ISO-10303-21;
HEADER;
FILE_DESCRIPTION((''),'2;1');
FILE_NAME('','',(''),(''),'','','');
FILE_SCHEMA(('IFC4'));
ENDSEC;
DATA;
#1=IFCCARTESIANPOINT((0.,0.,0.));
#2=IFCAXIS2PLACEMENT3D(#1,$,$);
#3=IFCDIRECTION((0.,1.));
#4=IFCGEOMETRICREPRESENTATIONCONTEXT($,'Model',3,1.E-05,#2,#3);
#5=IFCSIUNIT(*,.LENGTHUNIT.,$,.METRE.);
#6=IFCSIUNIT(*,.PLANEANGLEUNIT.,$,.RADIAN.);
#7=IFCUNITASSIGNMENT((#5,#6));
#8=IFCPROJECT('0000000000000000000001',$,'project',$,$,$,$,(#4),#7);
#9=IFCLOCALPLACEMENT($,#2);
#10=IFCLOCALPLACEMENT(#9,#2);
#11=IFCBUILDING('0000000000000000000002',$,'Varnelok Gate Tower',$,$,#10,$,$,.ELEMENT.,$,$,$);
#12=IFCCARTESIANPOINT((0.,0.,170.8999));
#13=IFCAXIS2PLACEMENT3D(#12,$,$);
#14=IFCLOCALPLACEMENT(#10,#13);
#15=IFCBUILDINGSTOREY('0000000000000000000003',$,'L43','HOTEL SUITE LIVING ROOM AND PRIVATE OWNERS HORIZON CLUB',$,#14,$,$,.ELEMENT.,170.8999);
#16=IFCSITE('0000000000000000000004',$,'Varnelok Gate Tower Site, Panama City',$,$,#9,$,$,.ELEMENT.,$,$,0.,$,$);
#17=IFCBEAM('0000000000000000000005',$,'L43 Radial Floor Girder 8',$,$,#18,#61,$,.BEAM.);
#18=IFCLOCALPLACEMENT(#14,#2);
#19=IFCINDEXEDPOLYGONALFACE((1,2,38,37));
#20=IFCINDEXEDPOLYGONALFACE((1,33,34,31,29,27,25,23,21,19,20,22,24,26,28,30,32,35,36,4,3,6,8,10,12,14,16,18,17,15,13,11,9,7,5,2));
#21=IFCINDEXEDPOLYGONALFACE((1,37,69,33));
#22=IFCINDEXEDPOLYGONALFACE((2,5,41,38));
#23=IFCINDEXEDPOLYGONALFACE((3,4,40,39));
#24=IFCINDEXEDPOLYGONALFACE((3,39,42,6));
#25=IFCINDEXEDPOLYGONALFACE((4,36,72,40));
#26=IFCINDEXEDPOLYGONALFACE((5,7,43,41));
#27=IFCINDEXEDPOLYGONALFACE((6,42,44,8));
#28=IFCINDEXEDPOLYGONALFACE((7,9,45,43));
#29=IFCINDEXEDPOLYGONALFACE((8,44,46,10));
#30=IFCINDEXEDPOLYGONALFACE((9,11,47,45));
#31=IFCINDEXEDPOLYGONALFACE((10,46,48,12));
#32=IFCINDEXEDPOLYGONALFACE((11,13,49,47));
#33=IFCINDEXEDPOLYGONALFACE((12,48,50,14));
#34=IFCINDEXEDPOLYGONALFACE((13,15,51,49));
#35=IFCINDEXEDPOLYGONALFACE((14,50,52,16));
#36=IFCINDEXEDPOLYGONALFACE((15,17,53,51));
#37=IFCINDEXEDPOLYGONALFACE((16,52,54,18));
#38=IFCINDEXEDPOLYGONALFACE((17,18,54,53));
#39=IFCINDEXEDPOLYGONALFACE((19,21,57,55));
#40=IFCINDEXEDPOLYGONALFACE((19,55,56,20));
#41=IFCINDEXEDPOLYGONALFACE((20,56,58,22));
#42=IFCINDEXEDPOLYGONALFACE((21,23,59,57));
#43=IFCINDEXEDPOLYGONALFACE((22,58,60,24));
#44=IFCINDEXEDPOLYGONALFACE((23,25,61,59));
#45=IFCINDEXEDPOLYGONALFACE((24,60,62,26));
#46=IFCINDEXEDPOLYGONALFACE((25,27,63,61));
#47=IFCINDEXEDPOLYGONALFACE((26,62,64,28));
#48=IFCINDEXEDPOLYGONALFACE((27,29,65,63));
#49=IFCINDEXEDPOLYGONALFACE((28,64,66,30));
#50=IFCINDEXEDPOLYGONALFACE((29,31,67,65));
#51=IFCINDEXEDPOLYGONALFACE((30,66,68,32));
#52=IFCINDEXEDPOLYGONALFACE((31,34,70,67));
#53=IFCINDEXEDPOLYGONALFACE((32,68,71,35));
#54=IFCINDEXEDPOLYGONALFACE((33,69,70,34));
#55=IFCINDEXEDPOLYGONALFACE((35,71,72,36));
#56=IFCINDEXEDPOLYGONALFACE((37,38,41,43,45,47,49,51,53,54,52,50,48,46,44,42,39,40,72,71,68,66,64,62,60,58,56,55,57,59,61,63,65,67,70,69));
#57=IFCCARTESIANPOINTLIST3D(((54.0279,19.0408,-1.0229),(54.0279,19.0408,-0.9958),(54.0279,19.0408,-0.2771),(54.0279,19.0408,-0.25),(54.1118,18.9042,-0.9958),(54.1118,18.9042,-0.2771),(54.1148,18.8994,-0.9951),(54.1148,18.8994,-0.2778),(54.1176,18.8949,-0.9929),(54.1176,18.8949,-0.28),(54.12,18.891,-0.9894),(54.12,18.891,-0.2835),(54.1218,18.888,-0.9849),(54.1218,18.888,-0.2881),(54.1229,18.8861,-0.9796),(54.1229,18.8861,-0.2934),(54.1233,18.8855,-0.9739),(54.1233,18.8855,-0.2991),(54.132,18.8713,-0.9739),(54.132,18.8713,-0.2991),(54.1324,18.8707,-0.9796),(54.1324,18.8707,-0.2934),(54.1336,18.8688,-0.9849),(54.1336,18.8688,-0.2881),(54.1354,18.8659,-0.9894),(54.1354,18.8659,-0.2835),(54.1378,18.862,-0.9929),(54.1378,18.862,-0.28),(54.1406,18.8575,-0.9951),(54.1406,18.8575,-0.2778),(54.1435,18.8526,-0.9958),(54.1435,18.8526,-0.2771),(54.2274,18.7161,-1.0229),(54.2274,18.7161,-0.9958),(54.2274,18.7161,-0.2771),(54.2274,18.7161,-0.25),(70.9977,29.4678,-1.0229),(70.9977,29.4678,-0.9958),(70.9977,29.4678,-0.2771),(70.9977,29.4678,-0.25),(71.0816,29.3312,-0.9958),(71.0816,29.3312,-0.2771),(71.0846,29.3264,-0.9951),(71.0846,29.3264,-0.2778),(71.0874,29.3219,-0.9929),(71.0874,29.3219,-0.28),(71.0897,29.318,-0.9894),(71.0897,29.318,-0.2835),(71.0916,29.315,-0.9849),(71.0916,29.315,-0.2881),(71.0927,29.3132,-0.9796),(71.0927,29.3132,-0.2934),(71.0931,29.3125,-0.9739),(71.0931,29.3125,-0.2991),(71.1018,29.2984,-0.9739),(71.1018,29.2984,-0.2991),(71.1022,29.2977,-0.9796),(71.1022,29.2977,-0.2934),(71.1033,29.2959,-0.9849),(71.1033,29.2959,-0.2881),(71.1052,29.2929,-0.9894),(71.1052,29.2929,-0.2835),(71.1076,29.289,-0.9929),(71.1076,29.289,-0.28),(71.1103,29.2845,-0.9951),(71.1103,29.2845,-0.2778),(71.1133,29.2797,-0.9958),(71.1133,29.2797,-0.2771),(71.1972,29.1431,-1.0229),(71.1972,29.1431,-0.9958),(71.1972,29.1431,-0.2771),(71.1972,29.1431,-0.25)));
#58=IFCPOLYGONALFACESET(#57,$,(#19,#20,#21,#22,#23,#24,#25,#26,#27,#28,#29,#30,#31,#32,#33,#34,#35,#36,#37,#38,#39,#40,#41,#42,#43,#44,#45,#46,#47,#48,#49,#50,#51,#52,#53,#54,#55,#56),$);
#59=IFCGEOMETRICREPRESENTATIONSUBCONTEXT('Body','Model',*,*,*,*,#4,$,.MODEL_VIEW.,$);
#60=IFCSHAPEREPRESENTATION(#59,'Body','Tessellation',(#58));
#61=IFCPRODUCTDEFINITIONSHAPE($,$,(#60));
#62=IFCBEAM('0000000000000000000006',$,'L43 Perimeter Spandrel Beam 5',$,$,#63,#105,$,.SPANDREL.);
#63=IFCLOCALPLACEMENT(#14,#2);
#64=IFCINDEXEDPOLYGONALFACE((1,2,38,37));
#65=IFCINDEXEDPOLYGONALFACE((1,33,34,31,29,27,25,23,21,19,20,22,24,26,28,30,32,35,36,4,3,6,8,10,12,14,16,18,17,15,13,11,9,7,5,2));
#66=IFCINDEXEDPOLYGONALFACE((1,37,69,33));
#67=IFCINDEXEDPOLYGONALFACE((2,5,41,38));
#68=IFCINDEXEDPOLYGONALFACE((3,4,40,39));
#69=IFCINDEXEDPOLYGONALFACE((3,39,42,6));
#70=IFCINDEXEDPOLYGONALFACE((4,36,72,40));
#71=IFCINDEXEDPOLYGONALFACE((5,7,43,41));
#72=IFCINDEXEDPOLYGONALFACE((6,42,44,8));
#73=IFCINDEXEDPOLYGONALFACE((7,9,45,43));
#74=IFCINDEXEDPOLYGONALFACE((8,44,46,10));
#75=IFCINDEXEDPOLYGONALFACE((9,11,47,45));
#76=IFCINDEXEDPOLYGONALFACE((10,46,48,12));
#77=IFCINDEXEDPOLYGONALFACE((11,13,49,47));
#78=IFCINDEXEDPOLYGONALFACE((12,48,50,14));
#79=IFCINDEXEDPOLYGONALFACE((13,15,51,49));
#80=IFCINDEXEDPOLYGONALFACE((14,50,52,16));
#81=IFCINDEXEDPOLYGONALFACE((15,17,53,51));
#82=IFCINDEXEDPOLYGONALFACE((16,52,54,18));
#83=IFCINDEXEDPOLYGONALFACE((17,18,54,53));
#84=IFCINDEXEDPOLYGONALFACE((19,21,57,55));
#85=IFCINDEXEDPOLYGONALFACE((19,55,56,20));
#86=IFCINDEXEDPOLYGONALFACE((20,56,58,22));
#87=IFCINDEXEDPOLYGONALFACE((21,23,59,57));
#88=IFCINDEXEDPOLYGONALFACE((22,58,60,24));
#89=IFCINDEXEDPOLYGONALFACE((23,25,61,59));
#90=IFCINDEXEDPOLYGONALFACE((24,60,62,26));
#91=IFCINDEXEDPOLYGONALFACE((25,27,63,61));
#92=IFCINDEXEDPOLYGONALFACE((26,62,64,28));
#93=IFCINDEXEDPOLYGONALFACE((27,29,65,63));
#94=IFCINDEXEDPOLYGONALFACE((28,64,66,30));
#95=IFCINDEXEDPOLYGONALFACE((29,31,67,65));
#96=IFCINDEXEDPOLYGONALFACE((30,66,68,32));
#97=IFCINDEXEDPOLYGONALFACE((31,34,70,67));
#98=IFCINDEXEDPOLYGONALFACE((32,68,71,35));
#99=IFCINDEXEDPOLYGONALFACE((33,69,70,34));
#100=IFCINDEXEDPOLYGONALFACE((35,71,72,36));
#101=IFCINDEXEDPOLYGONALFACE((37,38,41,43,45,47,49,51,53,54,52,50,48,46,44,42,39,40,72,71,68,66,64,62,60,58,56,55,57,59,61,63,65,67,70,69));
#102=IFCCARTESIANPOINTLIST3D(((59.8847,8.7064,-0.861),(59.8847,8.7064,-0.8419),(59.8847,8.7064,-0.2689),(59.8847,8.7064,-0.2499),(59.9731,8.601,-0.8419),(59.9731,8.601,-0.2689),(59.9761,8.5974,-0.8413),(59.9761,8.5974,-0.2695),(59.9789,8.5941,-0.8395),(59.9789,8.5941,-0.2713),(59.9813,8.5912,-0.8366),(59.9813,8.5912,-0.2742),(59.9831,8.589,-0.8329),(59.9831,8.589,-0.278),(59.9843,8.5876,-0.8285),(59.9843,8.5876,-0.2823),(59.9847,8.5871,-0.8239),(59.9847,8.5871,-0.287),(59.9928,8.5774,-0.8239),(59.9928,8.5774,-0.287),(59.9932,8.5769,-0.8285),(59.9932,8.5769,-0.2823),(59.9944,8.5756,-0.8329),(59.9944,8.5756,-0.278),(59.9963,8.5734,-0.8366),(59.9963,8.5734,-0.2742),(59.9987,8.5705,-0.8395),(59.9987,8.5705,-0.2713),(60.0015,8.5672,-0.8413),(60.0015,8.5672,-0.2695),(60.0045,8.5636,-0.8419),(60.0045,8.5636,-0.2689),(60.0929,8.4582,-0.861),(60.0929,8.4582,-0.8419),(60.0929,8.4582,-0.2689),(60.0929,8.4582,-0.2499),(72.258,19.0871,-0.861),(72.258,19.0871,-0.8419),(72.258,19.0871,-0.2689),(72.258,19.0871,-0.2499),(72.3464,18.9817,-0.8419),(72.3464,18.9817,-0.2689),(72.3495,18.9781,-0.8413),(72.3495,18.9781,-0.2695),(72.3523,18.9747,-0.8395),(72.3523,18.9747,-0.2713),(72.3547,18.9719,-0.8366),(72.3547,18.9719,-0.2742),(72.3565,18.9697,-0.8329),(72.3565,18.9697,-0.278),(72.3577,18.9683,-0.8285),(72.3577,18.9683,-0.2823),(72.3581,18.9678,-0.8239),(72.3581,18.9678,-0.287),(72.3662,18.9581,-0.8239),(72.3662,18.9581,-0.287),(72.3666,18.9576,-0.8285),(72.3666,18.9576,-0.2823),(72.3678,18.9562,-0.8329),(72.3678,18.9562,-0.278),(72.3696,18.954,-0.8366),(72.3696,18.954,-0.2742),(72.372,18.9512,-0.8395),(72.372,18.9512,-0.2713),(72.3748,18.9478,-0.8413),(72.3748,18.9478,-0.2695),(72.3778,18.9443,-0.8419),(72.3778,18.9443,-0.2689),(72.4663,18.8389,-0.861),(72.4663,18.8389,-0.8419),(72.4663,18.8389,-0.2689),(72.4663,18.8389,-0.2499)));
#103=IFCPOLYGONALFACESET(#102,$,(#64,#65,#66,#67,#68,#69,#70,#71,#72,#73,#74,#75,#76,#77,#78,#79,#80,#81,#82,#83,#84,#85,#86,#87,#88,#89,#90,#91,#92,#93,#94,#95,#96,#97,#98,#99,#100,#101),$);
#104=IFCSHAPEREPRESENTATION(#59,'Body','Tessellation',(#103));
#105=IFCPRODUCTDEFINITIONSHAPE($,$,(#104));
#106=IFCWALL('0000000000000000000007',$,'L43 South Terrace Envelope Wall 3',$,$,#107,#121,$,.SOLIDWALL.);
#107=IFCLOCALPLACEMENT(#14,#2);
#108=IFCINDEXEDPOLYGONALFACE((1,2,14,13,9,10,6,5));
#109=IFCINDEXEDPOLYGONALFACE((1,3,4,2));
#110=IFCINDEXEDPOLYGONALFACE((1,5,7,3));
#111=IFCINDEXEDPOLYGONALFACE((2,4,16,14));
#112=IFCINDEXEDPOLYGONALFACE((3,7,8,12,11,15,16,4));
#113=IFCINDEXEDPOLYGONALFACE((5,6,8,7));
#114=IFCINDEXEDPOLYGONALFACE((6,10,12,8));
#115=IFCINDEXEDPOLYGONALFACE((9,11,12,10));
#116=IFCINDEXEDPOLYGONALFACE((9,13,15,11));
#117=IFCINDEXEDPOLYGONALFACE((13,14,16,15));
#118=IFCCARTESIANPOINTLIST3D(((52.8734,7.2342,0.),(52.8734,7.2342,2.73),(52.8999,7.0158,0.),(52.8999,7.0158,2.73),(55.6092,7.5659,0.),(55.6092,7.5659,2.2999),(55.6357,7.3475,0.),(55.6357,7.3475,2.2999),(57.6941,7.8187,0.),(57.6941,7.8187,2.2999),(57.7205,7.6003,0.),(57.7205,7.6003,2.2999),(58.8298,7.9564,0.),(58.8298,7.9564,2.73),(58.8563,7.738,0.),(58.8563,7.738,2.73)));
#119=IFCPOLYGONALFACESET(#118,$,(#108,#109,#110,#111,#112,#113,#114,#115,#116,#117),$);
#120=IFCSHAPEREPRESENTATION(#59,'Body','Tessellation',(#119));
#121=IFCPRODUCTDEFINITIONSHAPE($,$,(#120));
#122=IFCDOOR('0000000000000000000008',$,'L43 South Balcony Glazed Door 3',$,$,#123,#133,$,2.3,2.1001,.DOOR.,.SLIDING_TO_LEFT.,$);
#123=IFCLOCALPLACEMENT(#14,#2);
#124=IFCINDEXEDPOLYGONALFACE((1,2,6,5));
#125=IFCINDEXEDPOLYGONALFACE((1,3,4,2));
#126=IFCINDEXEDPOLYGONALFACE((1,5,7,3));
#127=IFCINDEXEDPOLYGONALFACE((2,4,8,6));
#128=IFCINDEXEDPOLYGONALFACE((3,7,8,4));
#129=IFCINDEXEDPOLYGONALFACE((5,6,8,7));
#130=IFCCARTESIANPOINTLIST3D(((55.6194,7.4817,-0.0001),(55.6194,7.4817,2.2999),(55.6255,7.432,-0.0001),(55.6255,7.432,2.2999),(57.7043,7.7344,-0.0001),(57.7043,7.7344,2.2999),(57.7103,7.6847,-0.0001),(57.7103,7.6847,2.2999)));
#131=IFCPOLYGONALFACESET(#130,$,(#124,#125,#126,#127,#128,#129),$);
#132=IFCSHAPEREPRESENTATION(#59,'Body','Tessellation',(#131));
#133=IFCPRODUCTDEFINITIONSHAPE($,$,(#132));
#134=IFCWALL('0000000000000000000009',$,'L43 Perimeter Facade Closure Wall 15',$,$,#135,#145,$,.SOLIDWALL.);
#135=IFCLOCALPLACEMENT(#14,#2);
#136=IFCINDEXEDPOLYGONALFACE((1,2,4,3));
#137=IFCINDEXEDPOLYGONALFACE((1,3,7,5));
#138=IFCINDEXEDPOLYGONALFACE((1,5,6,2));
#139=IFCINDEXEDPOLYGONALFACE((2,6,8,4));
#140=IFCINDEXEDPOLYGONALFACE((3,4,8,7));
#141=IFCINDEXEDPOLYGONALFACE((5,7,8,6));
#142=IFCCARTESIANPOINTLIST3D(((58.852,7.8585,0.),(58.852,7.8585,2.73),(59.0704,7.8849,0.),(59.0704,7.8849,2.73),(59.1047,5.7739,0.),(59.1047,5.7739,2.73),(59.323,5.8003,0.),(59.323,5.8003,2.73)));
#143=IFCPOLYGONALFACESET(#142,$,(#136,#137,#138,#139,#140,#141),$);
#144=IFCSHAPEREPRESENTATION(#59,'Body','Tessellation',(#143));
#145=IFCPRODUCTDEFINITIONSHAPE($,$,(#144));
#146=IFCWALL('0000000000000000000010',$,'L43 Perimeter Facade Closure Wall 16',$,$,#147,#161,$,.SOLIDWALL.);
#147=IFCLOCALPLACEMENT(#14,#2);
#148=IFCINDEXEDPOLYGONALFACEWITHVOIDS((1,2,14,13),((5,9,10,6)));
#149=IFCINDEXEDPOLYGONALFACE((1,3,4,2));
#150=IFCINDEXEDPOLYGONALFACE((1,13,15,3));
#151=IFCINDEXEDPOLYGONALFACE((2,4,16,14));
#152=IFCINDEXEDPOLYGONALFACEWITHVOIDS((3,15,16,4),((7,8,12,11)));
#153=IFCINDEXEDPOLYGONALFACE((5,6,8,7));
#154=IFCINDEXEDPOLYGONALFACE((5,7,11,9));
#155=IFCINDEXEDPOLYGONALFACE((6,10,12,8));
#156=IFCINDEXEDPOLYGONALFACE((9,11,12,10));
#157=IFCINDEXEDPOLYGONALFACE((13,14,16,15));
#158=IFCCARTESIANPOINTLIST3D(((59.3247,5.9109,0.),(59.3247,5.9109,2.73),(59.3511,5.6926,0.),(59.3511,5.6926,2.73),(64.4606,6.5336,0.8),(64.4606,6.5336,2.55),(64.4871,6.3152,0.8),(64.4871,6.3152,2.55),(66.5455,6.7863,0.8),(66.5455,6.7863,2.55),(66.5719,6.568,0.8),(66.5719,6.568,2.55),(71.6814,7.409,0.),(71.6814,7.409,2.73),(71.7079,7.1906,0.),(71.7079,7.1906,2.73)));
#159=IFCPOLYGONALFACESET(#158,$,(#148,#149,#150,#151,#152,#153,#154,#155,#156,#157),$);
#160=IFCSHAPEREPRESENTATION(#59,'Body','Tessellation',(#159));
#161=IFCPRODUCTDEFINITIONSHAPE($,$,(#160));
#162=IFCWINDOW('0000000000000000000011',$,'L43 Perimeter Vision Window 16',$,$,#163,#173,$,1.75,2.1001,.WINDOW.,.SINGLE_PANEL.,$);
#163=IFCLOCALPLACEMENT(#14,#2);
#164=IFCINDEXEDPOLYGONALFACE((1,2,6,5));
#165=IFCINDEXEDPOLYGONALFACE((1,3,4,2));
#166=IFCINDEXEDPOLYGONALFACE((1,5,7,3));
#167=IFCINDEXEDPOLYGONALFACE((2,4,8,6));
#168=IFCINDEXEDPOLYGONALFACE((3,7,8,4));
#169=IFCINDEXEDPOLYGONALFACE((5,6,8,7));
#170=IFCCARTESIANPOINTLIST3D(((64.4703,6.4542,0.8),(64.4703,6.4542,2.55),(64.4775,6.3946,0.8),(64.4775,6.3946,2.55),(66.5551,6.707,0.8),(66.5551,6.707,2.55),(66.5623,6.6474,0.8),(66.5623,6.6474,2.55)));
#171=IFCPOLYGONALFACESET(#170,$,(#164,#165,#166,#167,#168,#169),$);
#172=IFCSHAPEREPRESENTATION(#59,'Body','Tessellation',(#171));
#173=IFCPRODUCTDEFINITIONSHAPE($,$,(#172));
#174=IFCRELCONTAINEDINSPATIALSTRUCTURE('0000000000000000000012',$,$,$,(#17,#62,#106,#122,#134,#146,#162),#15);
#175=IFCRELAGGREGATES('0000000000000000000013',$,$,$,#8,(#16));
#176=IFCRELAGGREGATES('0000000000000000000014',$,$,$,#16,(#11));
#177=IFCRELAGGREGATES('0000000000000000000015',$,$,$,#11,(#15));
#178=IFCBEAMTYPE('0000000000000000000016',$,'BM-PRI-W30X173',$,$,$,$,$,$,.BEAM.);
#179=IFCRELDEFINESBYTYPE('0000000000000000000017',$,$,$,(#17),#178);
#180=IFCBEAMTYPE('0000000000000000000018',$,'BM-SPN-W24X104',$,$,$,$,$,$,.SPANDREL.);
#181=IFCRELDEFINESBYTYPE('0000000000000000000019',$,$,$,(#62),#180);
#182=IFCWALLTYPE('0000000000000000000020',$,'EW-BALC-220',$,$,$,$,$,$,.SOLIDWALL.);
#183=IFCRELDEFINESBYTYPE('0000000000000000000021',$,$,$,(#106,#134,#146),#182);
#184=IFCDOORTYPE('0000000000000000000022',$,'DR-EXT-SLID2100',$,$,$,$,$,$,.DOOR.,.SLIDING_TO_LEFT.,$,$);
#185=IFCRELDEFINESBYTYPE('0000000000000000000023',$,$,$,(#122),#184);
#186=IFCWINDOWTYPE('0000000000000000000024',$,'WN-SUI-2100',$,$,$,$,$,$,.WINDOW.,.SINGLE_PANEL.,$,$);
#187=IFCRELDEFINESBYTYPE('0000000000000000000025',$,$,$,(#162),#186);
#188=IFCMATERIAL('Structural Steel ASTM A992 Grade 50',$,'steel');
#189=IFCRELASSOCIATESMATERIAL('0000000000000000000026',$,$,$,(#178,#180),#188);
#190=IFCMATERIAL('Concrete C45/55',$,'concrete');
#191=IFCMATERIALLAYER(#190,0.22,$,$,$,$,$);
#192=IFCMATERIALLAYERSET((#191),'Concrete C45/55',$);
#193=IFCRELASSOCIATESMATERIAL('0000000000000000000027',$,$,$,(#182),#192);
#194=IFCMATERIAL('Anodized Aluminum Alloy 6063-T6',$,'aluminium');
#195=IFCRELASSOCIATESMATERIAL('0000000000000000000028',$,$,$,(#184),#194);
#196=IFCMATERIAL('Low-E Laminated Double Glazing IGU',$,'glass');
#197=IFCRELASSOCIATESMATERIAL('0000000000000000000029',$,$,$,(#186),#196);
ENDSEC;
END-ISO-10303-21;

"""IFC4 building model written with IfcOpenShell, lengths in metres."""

from ifc_helpers import new_model, si_unit, direction, frame, frame_2d, origin, origin_2d, place, context, subcontext, project, spatial, rectangle, i_section, extrude, material, layer, layer_set, material_profile, profile_set, type_object, element, fill, save


model = new_model("IFC4")

# Units and contexts
model_context = context("Model", 3, precision=1e-05, world=origin(), true_north=direction((0.0, 1.0)))
body_context = subcontext(model_context, "Body", "Model", "MODEL_VIEW")
ifc_project = project(units=[si_unit("LENGTHUNIT", "METRE"), si_unit("PLANEANGLEUNIT", "RADIAN")], contexts=[model_context])

# Site, building, storey
site_placement = place(None, origin())
site = spatial("IfcSite", under=ifc_project, at=site_placement, Name="Varnelok Gate Tower Site, Panama City", CompositionType="ELEMENT", RefElevation=0.0)
building_placement = place(site_placement, origin())
building = spatial("IfcBuilding", under=site, at=building_placement, Name="Varnelok Gate Tower", CompositionType="ELEMENT")
storey_placement = place(building_placement, frame((0.0, 0.0, 170.8999)))
storey = spatial("IfcBuildingStorey", under=building, at=storey_placement, Name="L43", Description="HOTEL SUITE LIVING ROOM AND PRIVATE OWNERS HORIZON CLUB", CompositionType="ELEMENT", Elevation=170.8999)

# Shared definitions
ifc_material_1 = material(Name="Structural Steel ASTM A992 Grade 50", Category="steel")

# Beams
ifc_material_profile_1 = material_profile(ifc_material_1, i_section(OverallWidth=0.3811, OverallDepth=0.7729, WebThickness=0.0166, FlangeThickness=0.0271, FilletRadius=0.022, at=origin_2d()), Name="W30X173")
ifc_profile_set_1 = profile_set([ifc_material_profile_1], Name="Structural Steel ASTM A992 Grade 50")
beam_type_1 = type_object("IfcBeamType", Name="BM-PRI-W30X173", PredefinedType="BEAM", material=ifc_profile_set_1)
beam_1_placement = place(storey_placement, frame((54.1277, 18.8784, -0.6365), z_axis=(0.852015, 0.523518, 0.0), x_axis=(-0.523518, 0.852015, 0.0)))
element("IfcBeam", 1, at=beam_1_placement, inside=storey, type_object=beam_type_1, Name="L43 Radial Floor Girder 8", PredefinedType="BEAM", context=body_context, shape_type="SweptSolid", body=[
    extrude(i_section(OverallWidth=0.3811, OverallDepth=0.7729, WebThickness=0.0166, FlangeThickness=0.0271, FilletRadius=0.022, at=origin_2d()), origin(), (0.0, 0.0, 1.0), 19.9172),
])
ifc_material_profile_2 = material_profile(ifc_material_1, i_section(OverallWidth=0.324, OverallDepth=0.6111, WebThickness=0.0127, FlangeThickness=0.019, FilletRadius=0.0181, at=origin_2d()), Name="W24X104")
ifc_profile_set_2 = profile_set([ifc_material_profile_2], Name="Structural Steel ASTM A992 Grade 50")
beam_type_2 = type_object("IfcBeamType", Name="BM-SPN-W24X104", PredefinedType="SPANDREL", material=ifc_profile_set_2)
beam_2_placement = place(storey_placement, frame((59.9888, 8.5823, -0.5554), z_axis=(0.7661, 0.642722, 0.0), x_axis=(-0.642722, 0.7661, 0.0)))
element("IfcBeam", 2, at=beam_2_placement, inside=storey, type_object=beam_type_2, Name="L43 Perimeter Spandrel Beam 5", PredefinedType="SPANDREL", context=body_context, shape_type="SweptSolid", body=[
    extrude(i_section(OverallWidth=0.324, OverallDepth=0.6111, WebThickness=0.0127, FlangeThickness=0.019, FilletRadius=0.0181, at=origin_2d()), origin(), (0.0, 0.0, 1.0), 16.1511),
])

# Wall, opening, door
ifc_material_2 = material(Name="Concrete C45/55", Category="concrete")
ifc_layer_1 = layer(ifc_material_2, 0.22)
ifc_layer_set_1 = layer_set([ifc_layer_1], Name="Concrete C45/55")
wall_type_1 = type_object("IfcWallType", Name="EW-BALC-220", PredefinedType="SOLIDWALL", material=ifc_layer_set_1)
wall_1_placement = place(storey_placement, frame((58.843, 7.8472, 0.0), z_axis=(0.0, 0.0, 1.0), x_axis=(-0.99273, -0.120363, 0.0)))
wall_1 = element("IfcWall", 3, at=wall_1_placement, inside=storey, type_object=wall_type_1, Name="L43 South Terrace Envelope Wall 3", PredefinedType="SOLIDWALL", context=body_context, shape_type="SweptSolid", body=[
    extrude(rectangle(XDim=6.0, YDim=0.22, at=frame_2d((3.0, 0.0))), origin(), (0.0, 0.0, 1.0), 2.73),
])
opening_1_placement = place(wall_1_placement, frame((1.144, 0.0, 0.0)))
opening_1 = element("IfcOpeningElement", 4, at=opening_1_placement, cuts=wall_1, PredefinedType="OPENING", context=body_context, shape_type="SweptSolid", body=[
    extrude(rectangle(XDim=2.1001, YDim=2.3, at=frame_2d((1.05, 1.1499))), frame((0.0, 0.1199, 0.0), z_axis=(0.0, -1.0, 0.0), x_axis=(1.0, 0.0, 0.0)), (0.0, 0.0, 1.0), 0.24),
])
ifc_material_3 = material(Name="Anodized Aluminum Alloy 6063-T6", Category="aluminium")
door_type_1 = type_object("IfcDoorType", Name="DR-EXT-SLID2100", OperationType="SLIDING_TO_LEFT", PredefinedType="DOOR", material=ifc_material_3)
door_1_placement = place(opening_1_placement, origin())
door_1 = element("IfcDoor", 5, at=door_1_placement, inside=storey, type_object=door_type_1, Name="L43 South Balcony Glazed Door 3", OperationType="SLIDING_TO_LEFT", OverallHeight=2.3, OverallWidth=2.1001, PredefinedType="DOOR", context=body_context, shape_type="SweptSolid", body=[
    extrude(rectangle(XDim=2.1001, YDim=2.3, at=frame_2d((1.05, 1.1499))), frame((0.0, 0.0249, 0.0), z_axis=(0.0, -1.0, 0.0), x_axis=(1.0, 0.0, 0.0)), (0.0, 0.0, 1.0), 0.05),
])
fill(opening_1, door_1)

# Wall
wall_2_placement = place(storey_placement, frame((58.9612, 7.8716, 0.0), z_axis=(0.0, 0.0, 1.0), x_axis=(0.120328, -0.992734, 0.0)))
element("IfcWall", 6, at=wall_2_placement, inside=storey, type_object=wall_type_1, Name="L43 Perimeter Facade Closure Wall 15", PredefinedType="SOLIDWALL", context=body_context, shape_type="SweptSolid", body=[
    extrude(rectangle(XDim=2.0999, YDim=0.22, at=frame_2d((1.0498, 0.0))), origin(), (0.0, 0.0, 1.0), 2.73),
])

# Wall, opening, window
wall_3_placement = place(storey_placement, frame((59.3379, 5.8018, 0.0), z_axis=(0.0, 0.0, 1.0), x_axis=(0.992731, 0.120352, 0.0)))
wall_3 = element("IfcWall", 7, at=wall_3_placement, inside=storey, type_object=wall_type_1, Name="L43 Perimeter Facade Closure Wall 16", PredefinedType="SOLIDWALL", context=body_context, shape_type="SweptSolid", body=[
    extrude(rectangle(XDim=12.4473, YDim=0.22, at=frame_2d((6.2236, 0.0))), origin(), (0.0, 0.0, 1.0), 2.73),
])
opening_2_placement = place(wall_3_placement, frame((5.1736, 0.0, 0.8)))
opening_2 = element("IfcOpeningElement", 8, at=opening_2_placement, cuts=wall_3, PredefinedType="OPENING", context=body_context, shape_type="SweptSolid", body=[
    extrude(rectangle(XDim=2.1001, YDim=1.75, at=frame_2d((1.05, 0.875))), frame((0.0, 0.1199, 0.0), z_axis=(0.0, -1.0, 0.0), x_axis=(1.0, 0.0, 0.0)), (0.0, 0.0, 1.0), 0.24),
])
ifc_material_4 = material(Name="Low-E Laminated Double Glazing IGU", Category="glass")
window_type = type_object("IfcWindowType", Name="WN-SUI-2100", PartitioningType="SINGLE_PANEL", PredefinedType="WINDOW", material=ifc_material_4)
window_placement = place(opening_2_placement, origin())
window = element("IfcWindow", 9, at=window_placement, inside=storey, type_object=window_type, Name="L43 Perimeter Vision Window 16", OverallHeight=1.75, OverallWidth=2.1001, PartitioningType="SINGLE_PANEL", PredefinedType="WINDOW", context=body_context, shape_type="SweptSolid", body=[
    extrude(rectangle(XDim=2.1001, YDim=1.75, at=frame_2d((1.05, 0.875))), frame((0.0, 0.03, 0.0), z_axis=(0.0, -1.0, 0.0), x_axis=(1.0, 0.0, 0.0)), (0.0, 0.0, 1.0), 0.0601),
])
fill(opening_2, window)

save(model, "model.ifc")
